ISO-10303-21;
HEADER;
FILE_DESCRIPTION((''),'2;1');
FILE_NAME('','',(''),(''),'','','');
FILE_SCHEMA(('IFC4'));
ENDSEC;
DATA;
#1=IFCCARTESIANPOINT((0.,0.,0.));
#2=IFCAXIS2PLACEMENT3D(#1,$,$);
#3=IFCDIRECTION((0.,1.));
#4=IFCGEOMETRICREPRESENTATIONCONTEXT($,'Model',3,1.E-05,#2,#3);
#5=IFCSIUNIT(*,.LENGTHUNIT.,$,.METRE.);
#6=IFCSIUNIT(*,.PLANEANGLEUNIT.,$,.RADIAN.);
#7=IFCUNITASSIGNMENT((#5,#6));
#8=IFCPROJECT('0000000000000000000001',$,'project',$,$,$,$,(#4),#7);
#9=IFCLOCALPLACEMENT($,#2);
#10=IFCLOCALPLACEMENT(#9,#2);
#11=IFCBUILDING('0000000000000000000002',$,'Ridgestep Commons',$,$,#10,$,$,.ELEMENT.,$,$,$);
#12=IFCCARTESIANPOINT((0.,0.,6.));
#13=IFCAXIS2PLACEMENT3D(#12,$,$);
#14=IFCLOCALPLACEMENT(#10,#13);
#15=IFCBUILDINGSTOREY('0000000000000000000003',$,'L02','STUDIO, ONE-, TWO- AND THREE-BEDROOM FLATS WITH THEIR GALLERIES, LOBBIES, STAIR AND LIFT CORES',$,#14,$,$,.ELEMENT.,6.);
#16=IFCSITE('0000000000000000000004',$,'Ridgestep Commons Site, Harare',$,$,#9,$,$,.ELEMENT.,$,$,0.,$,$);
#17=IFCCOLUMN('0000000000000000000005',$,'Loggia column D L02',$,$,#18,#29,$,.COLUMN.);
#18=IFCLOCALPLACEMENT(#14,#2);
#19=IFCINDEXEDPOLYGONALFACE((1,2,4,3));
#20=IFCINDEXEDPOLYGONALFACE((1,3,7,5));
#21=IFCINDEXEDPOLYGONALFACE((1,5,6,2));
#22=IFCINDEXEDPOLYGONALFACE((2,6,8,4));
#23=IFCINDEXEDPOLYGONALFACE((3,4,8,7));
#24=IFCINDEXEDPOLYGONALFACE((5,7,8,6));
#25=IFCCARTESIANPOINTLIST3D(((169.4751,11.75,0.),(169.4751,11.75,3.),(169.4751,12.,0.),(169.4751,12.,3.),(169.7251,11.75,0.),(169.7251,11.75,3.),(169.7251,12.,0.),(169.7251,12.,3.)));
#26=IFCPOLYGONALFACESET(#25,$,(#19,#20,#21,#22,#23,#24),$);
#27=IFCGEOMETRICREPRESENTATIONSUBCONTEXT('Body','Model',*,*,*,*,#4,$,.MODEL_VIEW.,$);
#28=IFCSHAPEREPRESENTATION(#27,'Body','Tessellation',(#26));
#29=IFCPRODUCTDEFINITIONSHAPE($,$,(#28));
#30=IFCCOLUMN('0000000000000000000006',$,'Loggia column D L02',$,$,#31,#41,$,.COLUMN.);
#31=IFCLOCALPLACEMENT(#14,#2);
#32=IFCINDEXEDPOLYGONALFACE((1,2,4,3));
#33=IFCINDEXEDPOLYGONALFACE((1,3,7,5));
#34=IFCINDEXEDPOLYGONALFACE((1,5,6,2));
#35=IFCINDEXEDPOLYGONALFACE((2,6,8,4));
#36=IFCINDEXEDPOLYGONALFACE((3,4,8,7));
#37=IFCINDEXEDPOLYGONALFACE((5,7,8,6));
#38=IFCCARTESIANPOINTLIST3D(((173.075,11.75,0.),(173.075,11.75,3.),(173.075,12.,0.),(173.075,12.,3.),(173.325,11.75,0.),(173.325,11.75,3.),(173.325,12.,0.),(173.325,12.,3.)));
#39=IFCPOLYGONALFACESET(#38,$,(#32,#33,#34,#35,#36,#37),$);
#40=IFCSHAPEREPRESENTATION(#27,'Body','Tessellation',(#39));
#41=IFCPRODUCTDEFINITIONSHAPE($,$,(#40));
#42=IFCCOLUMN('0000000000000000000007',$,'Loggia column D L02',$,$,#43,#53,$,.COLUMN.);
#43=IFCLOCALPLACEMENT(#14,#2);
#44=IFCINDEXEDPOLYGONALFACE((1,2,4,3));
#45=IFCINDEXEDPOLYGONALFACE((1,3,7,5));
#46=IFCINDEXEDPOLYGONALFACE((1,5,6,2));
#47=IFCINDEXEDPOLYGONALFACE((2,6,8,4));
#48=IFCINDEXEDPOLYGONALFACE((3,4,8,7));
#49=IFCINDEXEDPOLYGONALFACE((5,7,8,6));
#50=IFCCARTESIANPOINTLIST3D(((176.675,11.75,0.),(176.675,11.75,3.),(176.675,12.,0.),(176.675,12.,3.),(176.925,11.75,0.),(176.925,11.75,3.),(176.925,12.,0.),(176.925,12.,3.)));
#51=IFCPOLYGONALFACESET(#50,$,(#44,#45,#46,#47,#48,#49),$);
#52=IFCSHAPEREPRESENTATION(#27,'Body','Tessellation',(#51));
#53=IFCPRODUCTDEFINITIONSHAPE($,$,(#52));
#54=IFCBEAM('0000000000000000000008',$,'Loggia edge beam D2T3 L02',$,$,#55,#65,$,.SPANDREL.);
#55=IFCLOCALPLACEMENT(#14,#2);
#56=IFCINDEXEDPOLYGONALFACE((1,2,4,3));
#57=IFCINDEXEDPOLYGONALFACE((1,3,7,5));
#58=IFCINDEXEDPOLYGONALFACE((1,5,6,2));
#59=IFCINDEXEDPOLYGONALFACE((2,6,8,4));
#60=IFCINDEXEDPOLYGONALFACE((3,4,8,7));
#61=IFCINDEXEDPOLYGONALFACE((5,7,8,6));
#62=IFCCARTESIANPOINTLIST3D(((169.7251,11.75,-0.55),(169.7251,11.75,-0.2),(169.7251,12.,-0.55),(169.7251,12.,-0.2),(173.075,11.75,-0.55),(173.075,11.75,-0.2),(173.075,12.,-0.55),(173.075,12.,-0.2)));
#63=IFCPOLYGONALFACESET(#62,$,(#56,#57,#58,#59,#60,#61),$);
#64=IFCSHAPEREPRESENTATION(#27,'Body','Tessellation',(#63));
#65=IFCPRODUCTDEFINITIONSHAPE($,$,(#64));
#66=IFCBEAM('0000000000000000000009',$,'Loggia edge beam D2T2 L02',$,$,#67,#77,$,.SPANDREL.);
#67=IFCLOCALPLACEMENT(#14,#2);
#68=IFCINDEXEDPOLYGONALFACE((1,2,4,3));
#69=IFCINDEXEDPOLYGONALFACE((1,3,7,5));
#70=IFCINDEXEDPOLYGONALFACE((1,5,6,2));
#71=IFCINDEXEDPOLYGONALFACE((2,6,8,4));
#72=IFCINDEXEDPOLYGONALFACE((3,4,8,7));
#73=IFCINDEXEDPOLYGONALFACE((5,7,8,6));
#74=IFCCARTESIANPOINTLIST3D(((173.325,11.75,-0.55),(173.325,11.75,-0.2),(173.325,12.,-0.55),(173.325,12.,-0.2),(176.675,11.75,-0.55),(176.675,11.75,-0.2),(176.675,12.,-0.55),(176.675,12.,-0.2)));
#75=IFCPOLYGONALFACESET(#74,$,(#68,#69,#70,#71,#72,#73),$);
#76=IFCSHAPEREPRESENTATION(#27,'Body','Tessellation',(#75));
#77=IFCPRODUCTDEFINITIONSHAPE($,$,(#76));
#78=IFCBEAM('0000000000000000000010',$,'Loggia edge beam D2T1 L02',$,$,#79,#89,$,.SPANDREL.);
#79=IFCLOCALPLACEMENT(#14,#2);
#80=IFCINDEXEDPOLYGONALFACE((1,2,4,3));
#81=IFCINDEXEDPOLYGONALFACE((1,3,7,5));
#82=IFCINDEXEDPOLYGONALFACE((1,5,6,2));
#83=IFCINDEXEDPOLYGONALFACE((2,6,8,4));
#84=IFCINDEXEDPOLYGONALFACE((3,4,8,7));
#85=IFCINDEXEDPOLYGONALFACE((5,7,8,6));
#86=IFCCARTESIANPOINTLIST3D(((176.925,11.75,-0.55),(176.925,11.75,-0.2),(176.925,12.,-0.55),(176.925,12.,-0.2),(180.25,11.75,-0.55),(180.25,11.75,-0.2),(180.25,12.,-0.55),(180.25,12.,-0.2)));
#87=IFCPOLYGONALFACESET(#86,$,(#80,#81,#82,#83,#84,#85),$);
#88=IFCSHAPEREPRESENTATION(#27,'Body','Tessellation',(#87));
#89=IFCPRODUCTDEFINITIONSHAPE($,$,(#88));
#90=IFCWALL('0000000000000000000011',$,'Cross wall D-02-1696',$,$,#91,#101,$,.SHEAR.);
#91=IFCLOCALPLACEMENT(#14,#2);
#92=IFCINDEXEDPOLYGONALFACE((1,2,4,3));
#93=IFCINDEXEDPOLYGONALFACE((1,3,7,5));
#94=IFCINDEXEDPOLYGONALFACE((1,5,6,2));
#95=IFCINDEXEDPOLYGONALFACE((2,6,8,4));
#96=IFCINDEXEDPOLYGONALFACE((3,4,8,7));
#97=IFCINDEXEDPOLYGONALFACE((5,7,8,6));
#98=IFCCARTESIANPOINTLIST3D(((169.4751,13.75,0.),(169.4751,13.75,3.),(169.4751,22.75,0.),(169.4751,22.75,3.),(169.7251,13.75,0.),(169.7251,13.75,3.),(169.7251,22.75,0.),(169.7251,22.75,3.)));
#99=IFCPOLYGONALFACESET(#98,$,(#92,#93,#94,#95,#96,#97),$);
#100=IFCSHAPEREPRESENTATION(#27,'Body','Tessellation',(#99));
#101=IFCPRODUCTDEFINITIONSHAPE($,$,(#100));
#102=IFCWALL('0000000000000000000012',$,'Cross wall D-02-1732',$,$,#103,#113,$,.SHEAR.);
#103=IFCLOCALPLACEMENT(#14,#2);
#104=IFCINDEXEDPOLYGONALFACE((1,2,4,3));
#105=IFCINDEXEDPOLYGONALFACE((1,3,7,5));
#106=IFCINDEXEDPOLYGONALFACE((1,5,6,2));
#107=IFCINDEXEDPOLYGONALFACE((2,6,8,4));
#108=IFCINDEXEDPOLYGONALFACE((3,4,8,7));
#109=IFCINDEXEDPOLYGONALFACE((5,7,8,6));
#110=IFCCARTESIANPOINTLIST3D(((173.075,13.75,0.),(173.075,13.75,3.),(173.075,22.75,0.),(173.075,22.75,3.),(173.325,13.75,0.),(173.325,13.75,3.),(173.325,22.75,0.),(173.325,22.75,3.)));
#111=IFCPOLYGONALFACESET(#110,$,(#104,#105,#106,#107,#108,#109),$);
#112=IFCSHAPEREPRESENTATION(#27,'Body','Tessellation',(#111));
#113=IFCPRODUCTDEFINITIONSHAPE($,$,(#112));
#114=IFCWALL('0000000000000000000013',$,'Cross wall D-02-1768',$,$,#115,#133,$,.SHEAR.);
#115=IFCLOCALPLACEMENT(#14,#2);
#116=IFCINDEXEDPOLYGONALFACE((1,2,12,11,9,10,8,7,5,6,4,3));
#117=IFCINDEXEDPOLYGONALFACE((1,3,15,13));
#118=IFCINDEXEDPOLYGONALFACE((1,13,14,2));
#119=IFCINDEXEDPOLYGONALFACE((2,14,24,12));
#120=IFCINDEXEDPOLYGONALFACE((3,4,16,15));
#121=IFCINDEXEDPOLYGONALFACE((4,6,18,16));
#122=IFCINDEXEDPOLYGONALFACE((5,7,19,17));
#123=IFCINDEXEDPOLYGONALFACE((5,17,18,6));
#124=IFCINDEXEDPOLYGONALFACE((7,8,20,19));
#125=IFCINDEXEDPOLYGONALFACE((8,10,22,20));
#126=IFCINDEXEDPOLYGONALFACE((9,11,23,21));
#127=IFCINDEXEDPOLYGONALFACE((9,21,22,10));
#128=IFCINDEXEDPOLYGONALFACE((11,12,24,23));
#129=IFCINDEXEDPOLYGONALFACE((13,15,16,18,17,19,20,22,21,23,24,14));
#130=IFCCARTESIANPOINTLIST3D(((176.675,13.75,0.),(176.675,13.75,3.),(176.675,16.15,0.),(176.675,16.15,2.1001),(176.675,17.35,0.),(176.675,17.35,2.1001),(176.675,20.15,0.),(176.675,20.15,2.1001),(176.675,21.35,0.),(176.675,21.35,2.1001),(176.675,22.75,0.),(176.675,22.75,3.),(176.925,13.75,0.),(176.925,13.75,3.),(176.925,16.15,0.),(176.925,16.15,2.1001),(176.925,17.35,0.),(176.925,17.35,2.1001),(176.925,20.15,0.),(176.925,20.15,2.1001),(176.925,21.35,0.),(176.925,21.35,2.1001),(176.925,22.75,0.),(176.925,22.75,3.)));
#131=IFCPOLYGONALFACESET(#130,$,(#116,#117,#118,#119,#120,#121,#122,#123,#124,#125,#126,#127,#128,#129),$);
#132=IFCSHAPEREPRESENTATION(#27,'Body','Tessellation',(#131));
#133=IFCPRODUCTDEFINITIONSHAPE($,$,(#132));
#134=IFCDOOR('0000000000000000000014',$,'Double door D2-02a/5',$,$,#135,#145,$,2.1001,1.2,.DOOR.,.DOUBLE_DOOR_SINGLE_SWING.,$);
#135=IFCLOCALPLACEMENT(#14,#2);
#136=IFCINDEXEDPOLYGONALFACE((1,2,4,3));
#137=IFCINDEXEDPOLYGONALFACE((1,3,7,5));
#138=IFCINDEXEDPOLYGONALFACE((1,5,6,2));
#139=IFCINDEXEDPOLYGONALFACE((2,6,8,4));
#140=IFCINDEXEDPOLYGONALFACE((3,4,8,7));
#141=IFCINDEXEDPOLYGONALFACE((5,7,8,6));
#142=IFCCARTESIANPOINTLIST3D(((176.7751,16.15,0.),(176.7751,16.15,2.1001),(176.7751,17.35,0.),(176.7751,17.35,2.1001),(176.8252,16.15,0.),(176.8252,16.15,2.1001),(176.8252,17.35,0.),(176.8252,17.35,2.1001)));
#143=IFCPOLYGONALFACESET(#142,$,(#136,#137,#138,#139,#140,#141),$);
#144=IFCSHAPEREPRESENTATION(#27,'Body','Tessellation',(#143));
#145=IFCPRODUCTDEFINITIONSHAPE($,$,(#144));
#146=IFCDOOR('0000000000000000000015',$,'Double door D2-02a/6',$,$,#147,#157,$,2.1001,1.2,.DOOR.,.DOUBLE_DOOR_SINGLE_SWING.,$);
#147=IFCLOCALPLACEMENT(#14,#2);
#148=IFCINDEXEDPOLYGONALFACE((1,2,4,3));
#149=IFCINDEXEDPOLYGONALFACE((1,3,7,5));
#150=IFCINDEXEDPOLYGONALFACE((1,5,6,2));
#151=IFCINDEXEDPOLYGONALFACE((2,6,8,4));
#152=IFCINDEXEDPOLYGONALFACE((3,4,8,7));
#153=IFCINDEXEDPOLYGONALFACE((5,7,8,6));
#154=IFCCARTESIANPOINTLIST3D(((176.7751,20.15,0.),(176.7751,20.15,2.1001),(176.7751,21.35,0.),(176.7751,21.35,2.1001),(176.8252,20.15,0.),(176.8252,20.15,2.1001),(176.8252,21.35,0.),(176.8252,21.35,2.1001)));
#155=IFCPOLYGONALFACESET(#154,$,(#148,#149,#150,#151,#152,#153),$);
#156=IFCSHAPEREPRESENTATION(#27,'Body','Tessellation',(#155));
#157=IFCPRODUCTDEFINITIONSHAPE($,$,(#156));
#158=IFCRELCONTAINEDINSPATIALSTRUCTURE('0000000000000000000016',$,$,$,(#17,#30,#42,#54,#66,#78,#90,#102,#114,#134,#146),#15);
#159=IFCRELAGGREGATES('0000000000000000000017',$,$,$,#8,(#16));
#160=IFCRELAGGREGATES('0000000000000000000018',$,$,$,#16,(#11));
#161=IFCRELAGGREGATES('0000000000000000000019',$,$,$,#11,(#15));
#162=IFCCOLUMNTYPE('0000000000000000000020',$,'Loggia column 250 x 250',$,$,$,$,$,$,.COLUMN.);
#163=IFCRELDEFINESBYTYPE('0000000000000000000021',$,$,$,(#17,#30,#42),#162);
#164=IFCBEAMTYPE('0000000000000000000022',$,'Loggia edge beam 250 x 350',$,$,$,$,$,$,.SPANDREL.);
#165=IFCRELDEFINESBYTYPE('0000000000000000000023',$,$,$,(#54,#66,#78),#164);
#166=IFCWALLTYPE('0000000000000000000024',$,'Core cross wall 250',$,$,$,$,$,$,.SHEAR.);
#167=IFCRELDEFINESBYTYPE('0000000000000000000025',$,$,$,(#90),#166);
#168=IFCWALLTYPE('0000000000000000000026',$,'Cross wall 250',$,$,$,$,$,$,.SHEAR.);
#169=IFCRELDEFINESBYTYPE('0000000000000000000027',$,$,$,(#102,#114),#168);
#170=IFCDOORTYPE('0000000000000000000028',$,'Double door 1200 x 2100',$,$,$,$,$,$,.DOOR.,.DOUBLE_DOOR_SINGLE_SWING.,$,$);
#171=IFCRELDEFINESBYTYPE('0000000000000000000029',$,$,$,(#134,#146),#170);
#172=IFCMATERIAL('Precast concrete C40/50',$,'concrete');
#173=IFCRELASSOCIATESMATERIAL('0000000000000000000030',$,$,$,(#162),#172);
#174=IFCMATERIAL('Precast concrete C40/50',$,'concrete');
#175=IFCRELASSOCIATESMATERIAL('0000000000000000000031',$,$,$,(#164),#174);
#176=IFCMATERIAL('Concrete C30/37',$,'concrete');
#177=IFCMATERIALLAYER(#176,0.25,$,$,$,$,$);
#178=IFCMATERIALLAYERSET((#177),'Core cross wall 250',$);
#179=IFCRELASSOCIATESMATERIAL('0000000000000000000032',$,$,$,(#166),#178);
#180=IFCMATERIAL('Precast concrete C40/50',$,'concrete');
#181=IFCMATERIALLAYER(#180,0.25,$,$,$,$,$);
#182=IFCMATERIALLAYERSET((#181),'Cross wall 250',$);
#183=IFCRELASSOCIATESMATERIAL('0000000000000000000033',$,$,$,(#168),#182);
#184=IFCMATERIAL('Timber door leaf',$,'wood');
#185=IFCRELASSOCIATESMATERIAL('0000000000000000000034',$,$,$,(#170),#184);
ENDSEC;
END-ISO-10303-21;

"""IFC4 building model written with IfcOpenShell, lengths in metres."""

from ifc_helpers import new_model, si_unit, direction, frame, frame_2d, origin, origin_2d, place, context, subcontext, project, spatial, rectangle, extrude, material, layer, layer_set, material_profile, profile_set, type_object, element, fill, save


model = new_model("IFC4")

# Units and contexts
model_context = context("Model", 3, precision=1e-05, world=origin(), true_north=direction((0.0, 1.0)))
body_context = subcontext(model_context, "Body", "Model", "MODEL_VIEW")
ifc_project = project(units=[si_unit("LENGTHUNIT", "METRE"), si_unit("PLANEANGLEUNIT", "RADIAN")], contexts=[model_context])

# Site, building, storey
site_placement = place(None, origin())
site = spatial("IfcSite", under=ifc_project, at=site_placement, Name="Ridgestep Commons Site, Harare", CompositionType="ELEMENT", RefElevation=0.0)
building_placement = place(site_placement, origin())
building = spatial("IfcBuilding", under=site, at=building_placement, Name="Ridgestep Commons", CompositionType="ELEMENT")
storey_placement = place(building_placement, frame((0.0, 0.0, 6.0)))
storey = spatial("IfcBuildingStorey", under=building, at=storey_placement, Name="L02", Description="STUDIO, ONE-, TWO- AND THREE-BEDROOM FLATS WITH THEIR GALLERIES, LOBBIES, STAIR AND LIFT CORES", CompositionType="ELEMENT", Elevation=6.0)

# Columns
ifc_material_1 = material(Name="Precast concrete C40/50", Category="concrete")
ifc_material_profile_1 = material_profile(ifc_material_1, rectangle(XDim=0.25, YDim=0.25, at=origin_2d()), Name="PC 250x250")
ifc_profile_set_1 = profile_set([ifc_material_profile_1], Name="Precast concrete C40/50")
column_type = type_object("IfcColumnType", Name="Loggia column 250 x 250", PredefinedType="COLUMN", material=ifc_profile_set_1)
for number, where, z_axis, x_axis, name in (
    (1, (169.6001, 11.875, 0.0), (0.0, 0.0, 1.0), (1.0, 0.0, 0.0), "Loggia column D L02"),
    (2, (173.2, 11.875, 0.0), (0.0, 0.0, 1.0), (1.0, 0.0, 0.0), "Loggia column D L02"),
    (3, (176.8, 11.875, 0.0), (0.0, 0.0, 1.0), (1.0, 0.0, 0.0), "Loggia column D L02"),
):
    element("IfcColumn", number, at=place(storey_placement, frame(where, z_axis=z_axis, x_axis=x_axis)), inside=storey, type_object=column_type, Name=name, PredefinedType="COLUMN", context=body_context, shape_type="SweptSolid", body=[
        extrude(rectangle(XDim=0.25, YDim=0.25, at=origin_2d()), origin(), (0.0, 0.0, 1.0), 3.0),
    ])

# Beams
ifc_material_2 = material(Name="Precast concrete C40/50", Category="concrete")
ifc_material_profile_2 = material_profile(ifc_material_2, rectangle(XDim=0.25, YDim=0.3501, at=origin_2d()), Name="PC 250x350")
ifc_profile_set_2 = profile_set([ifc_material_profile_2], Name="Precast concrete C40/50")
beam_type = type_object("IfcBeamType", Name="Loggia edge beam 250 x 350", PredefinedType="SPANDREL", material=ifc_profile_set_2)
beam_1_placement = place(storey_placement, frame((169.7251, 11.875, -0.375), z_axis=(1.0, 0.0, 0.0), x_axis=(0.0, 1.0, 0.0)))
element("IfcBeam", 4, at=beam_1_placement, inside=storey, type_object=beam_type, Name="Loggia edge beam D2T3 L02", PredefinedType="SPANDREL", context=body_context, shape_type="SweptSolid", body=[
    extrude(rectangle(XDim=0.25, YDim=0.3501, at=origin_2d()), origin(), (0.0, 0.0, 1.0), 3.3499),
])
beam_2_placement = place(storey_placement, frame((173.325, 11.875, -0.375), z_axis=(1.0, 0.0, 0.0), x_axis=(0.0, 1.0, 0.0)))
element("IfcBeam", 5, at=beam_2_placement, inside=storey, type_object=beam_type, Name="Loggia edge beam D2T2 L02", PredefinedType="SPANDREL", context=body_context, shape_type="SweptSolid", body=[
    extrude(rectangle(XDim=0.25, YDim=0.3501, at=origin_2d()), origin(), (0.0, 0.0, 1.0), 3.3501),
])
beam_3_placement = place(storey_placement, frame((176.925, 11.875, -0.375), z_axis=(1.0, 0.0, 0.0), x_axis=(0.0, 1.0, 0.0)))
element("IfcBeam", 6, at=beam_3_placement, inside=storey, type_object=beam_type, Name="Loggia edge beam D2T1 L02", PredefinedType="SPANDREL", context=body_context, shape_type="SweptSolid", body=[
    extrude(rectangle(XDim=0.25, YDim=0.3501, at=origin_2d()), origin(), (0.0, 0.0, 1.0), 3.325),
])

# Walls
ifc_material_3 = material(Name="Concrete C30/37", Category="concrete")
ifc_layer_1 = layer(ifc_material_3, 0.25)
ifc_layer_set_1 = layer_set([ifc_layer_1], Name="Core cross wall 250")
wall_type_1 = type_object("IfcWallType", Name="Core cross wall 250", PredefinedType="SHEAR", material=ifc_layer_set_1)
wall_1_placement = place(storey_placement, frame((169.6001, 13.75, 0.0), z_axis=(0.0, 0.0, 1.0), x_axis=(0.0, 1.0, 0.0)))
element("IfcWall", 7, at=wall_1_placement, inside=storey, type_object=wall_type_1, Name="Cross wall D-02-1696", PredefinedType="SHEAR", context=body_context, shape_type="SweptSolid", body=[
    extrude(rectangle(XDim=9.0, YDim=0.25, at=frame_2d((4.5, 0.0))), origin(), (0.0, 0.0, 1.0), 3.0),
])
ifc_material_4 = material(Name="Precast concrete C40/50", Category="concrete")
ifc_layer_2 = layer(ifc_material_4, 0.25)
ifc_layer_set_2 = layer_set([ifc_layer_2], Name="Cross wall 250")
wall_type_2 = type_object("IfcWallType", Name="Cross wall 250", PredefinedType="SHEAR", material=ifc_layer_set_2)
wall_2_placement = place(storey_placement, frame((173.2, 13.75, 0.0), z_axis=(0.0, 0.0, 1.0), x_axis=(0.0, 1.0, 0.0)))
element("IfcWall", 8, at=wall_2_placement, inside=storey, type_object=wall_type_2, Name="Cross wall D-02-1732", PredefinedType="SHEAR", context=body_context, shape_type="SweptSolid", body=[
    extrude(rectangle(XDim=9.0, YDim=0.25, at=frame_2d((4.5, 0.0))), origin(), (0.0, 0.0, 1.0), 3.0),
])

# Wall, openings, doors
wall_3_placement = place(storey_placement, frame((176.8, 13.75, 0.0), z_axis=(0.0, 0.0, 1.0), x_axis=(0.0, 1.0, 0.0)))
wall_3 = element("IfcWall", 9, at=wall_3_placement, inside=storey, type_object=wall_type_2, Name="Cross wall D-02-1768", PredefinedType="SHEAR", context=body_context, shape_type="SweptSolid", body=[
    extrude(rectangle(XDim=9.0, YDim=0.25, at=frame_2d((4.5, 0.0))), origin(), (0.0, 0.0, 1.0), 3.0),
])
opening_1_placement = place(wall_3_placement, frame((2.3999, 0.0, 0.0)))
opening_1 = element("IfcOpeningElement", 10, at=opening_1_placement, cuts=wall_3, PredefinedType="OPENING", context=body_context, shape_type="SweptSolid", body=[
    extrude(rectangle(XDim=1.2, YDim=2.1001, at=frame_2d((0.6001, 1.05))), frame((0.0, 0.135, 0.0), z_axis=(0.0, -1.0, 0.0), x_axis=(1.0, 0.0, 0.0)), (0.0, 0.0, 1.0), 0.27),
])
opening_2_placement = place(wall_3_placement, frame((6.3999, 0.0, 0.0)))
opening_2 = element("IfcOpeningElement", 11, at=opening_2_placement, cuts=wall_3, PredefinedType="OPENING", context=body_context, shape_type="SweptSolid", body=[
    extrude(rectangle(XDim=1.2, YDim=2.1001, at=frame_2d((0.6001, 1.05))), frame((0.0, 0.135, 0.0), z_axis=(0.0, -1.0, 0.0), x_axis=(1.0, 0.0, 0.0)), (0.0, 0.0, 1.0), 0.27),
])
ifc_material_5 = material(Name="Timber door leaf", Category="wood")
door_type_1 = type_object("IfcDoorType", Name="Double door 1200 x 2100", OperationType="DOUBLE_DOOR_SINGLE_SWING", PredefinedType="DOOR", material=ifc_material_5)
door_1_placement = place(opening_1_placement, origin())
door_1 = element("IfcDoor", 12, at=door_1_placement, inside=storey, type_object=door_type_1, Name="Double door D2-02a/5", OperationType="DOUBLE_DOOR_SINGLE_SWING", OverallHeight=2.1001, OverallWidth=1.2, PredefinedType="DOOR", context=body_context, shape_type="SweptSolid", body=[
    extrude(rectangle(XDim=1.2, YDim=2.1001, at=frame_2d((0.6001, 1.05))), frame((0.0, 0.0249, 0.0), z_axis=(0.0, -1.0, 0.0), x_axis=(1.0, 0.0, 0.0)), (0.0, 0.0, 1.0), 0.05),
])
fill(opening_1, door_1)
door_2_placement = place(opening_2_placement, origin())
door_2 = element("IfcDoor", 13, at=door_2_placement, inside=storey, type_object=door_type_1, Name="Double door D2-02a/6", OperationType="DOUBLE_DOOR_SINGLE_SWING", OverallHeight=2.1001, OverallWidth=1.2, PredefinedType="DOOR", context=body_context, shape_type="SweptSolid", body=[
    extrude(rectangle(XDim=1.2, YDim=2.1001, at=frame_2d((0.6001, 1.05))), frame((0.0, 0.0249, 0.0), z_axis=(0.0, -1.0, 0.0), x_axis=(1.0, 0.0, 0.0)), (0.0, 0.0, 1.0), 0.05),
])
fill(opening_2, door_2)

save(model, "model.ifc")
